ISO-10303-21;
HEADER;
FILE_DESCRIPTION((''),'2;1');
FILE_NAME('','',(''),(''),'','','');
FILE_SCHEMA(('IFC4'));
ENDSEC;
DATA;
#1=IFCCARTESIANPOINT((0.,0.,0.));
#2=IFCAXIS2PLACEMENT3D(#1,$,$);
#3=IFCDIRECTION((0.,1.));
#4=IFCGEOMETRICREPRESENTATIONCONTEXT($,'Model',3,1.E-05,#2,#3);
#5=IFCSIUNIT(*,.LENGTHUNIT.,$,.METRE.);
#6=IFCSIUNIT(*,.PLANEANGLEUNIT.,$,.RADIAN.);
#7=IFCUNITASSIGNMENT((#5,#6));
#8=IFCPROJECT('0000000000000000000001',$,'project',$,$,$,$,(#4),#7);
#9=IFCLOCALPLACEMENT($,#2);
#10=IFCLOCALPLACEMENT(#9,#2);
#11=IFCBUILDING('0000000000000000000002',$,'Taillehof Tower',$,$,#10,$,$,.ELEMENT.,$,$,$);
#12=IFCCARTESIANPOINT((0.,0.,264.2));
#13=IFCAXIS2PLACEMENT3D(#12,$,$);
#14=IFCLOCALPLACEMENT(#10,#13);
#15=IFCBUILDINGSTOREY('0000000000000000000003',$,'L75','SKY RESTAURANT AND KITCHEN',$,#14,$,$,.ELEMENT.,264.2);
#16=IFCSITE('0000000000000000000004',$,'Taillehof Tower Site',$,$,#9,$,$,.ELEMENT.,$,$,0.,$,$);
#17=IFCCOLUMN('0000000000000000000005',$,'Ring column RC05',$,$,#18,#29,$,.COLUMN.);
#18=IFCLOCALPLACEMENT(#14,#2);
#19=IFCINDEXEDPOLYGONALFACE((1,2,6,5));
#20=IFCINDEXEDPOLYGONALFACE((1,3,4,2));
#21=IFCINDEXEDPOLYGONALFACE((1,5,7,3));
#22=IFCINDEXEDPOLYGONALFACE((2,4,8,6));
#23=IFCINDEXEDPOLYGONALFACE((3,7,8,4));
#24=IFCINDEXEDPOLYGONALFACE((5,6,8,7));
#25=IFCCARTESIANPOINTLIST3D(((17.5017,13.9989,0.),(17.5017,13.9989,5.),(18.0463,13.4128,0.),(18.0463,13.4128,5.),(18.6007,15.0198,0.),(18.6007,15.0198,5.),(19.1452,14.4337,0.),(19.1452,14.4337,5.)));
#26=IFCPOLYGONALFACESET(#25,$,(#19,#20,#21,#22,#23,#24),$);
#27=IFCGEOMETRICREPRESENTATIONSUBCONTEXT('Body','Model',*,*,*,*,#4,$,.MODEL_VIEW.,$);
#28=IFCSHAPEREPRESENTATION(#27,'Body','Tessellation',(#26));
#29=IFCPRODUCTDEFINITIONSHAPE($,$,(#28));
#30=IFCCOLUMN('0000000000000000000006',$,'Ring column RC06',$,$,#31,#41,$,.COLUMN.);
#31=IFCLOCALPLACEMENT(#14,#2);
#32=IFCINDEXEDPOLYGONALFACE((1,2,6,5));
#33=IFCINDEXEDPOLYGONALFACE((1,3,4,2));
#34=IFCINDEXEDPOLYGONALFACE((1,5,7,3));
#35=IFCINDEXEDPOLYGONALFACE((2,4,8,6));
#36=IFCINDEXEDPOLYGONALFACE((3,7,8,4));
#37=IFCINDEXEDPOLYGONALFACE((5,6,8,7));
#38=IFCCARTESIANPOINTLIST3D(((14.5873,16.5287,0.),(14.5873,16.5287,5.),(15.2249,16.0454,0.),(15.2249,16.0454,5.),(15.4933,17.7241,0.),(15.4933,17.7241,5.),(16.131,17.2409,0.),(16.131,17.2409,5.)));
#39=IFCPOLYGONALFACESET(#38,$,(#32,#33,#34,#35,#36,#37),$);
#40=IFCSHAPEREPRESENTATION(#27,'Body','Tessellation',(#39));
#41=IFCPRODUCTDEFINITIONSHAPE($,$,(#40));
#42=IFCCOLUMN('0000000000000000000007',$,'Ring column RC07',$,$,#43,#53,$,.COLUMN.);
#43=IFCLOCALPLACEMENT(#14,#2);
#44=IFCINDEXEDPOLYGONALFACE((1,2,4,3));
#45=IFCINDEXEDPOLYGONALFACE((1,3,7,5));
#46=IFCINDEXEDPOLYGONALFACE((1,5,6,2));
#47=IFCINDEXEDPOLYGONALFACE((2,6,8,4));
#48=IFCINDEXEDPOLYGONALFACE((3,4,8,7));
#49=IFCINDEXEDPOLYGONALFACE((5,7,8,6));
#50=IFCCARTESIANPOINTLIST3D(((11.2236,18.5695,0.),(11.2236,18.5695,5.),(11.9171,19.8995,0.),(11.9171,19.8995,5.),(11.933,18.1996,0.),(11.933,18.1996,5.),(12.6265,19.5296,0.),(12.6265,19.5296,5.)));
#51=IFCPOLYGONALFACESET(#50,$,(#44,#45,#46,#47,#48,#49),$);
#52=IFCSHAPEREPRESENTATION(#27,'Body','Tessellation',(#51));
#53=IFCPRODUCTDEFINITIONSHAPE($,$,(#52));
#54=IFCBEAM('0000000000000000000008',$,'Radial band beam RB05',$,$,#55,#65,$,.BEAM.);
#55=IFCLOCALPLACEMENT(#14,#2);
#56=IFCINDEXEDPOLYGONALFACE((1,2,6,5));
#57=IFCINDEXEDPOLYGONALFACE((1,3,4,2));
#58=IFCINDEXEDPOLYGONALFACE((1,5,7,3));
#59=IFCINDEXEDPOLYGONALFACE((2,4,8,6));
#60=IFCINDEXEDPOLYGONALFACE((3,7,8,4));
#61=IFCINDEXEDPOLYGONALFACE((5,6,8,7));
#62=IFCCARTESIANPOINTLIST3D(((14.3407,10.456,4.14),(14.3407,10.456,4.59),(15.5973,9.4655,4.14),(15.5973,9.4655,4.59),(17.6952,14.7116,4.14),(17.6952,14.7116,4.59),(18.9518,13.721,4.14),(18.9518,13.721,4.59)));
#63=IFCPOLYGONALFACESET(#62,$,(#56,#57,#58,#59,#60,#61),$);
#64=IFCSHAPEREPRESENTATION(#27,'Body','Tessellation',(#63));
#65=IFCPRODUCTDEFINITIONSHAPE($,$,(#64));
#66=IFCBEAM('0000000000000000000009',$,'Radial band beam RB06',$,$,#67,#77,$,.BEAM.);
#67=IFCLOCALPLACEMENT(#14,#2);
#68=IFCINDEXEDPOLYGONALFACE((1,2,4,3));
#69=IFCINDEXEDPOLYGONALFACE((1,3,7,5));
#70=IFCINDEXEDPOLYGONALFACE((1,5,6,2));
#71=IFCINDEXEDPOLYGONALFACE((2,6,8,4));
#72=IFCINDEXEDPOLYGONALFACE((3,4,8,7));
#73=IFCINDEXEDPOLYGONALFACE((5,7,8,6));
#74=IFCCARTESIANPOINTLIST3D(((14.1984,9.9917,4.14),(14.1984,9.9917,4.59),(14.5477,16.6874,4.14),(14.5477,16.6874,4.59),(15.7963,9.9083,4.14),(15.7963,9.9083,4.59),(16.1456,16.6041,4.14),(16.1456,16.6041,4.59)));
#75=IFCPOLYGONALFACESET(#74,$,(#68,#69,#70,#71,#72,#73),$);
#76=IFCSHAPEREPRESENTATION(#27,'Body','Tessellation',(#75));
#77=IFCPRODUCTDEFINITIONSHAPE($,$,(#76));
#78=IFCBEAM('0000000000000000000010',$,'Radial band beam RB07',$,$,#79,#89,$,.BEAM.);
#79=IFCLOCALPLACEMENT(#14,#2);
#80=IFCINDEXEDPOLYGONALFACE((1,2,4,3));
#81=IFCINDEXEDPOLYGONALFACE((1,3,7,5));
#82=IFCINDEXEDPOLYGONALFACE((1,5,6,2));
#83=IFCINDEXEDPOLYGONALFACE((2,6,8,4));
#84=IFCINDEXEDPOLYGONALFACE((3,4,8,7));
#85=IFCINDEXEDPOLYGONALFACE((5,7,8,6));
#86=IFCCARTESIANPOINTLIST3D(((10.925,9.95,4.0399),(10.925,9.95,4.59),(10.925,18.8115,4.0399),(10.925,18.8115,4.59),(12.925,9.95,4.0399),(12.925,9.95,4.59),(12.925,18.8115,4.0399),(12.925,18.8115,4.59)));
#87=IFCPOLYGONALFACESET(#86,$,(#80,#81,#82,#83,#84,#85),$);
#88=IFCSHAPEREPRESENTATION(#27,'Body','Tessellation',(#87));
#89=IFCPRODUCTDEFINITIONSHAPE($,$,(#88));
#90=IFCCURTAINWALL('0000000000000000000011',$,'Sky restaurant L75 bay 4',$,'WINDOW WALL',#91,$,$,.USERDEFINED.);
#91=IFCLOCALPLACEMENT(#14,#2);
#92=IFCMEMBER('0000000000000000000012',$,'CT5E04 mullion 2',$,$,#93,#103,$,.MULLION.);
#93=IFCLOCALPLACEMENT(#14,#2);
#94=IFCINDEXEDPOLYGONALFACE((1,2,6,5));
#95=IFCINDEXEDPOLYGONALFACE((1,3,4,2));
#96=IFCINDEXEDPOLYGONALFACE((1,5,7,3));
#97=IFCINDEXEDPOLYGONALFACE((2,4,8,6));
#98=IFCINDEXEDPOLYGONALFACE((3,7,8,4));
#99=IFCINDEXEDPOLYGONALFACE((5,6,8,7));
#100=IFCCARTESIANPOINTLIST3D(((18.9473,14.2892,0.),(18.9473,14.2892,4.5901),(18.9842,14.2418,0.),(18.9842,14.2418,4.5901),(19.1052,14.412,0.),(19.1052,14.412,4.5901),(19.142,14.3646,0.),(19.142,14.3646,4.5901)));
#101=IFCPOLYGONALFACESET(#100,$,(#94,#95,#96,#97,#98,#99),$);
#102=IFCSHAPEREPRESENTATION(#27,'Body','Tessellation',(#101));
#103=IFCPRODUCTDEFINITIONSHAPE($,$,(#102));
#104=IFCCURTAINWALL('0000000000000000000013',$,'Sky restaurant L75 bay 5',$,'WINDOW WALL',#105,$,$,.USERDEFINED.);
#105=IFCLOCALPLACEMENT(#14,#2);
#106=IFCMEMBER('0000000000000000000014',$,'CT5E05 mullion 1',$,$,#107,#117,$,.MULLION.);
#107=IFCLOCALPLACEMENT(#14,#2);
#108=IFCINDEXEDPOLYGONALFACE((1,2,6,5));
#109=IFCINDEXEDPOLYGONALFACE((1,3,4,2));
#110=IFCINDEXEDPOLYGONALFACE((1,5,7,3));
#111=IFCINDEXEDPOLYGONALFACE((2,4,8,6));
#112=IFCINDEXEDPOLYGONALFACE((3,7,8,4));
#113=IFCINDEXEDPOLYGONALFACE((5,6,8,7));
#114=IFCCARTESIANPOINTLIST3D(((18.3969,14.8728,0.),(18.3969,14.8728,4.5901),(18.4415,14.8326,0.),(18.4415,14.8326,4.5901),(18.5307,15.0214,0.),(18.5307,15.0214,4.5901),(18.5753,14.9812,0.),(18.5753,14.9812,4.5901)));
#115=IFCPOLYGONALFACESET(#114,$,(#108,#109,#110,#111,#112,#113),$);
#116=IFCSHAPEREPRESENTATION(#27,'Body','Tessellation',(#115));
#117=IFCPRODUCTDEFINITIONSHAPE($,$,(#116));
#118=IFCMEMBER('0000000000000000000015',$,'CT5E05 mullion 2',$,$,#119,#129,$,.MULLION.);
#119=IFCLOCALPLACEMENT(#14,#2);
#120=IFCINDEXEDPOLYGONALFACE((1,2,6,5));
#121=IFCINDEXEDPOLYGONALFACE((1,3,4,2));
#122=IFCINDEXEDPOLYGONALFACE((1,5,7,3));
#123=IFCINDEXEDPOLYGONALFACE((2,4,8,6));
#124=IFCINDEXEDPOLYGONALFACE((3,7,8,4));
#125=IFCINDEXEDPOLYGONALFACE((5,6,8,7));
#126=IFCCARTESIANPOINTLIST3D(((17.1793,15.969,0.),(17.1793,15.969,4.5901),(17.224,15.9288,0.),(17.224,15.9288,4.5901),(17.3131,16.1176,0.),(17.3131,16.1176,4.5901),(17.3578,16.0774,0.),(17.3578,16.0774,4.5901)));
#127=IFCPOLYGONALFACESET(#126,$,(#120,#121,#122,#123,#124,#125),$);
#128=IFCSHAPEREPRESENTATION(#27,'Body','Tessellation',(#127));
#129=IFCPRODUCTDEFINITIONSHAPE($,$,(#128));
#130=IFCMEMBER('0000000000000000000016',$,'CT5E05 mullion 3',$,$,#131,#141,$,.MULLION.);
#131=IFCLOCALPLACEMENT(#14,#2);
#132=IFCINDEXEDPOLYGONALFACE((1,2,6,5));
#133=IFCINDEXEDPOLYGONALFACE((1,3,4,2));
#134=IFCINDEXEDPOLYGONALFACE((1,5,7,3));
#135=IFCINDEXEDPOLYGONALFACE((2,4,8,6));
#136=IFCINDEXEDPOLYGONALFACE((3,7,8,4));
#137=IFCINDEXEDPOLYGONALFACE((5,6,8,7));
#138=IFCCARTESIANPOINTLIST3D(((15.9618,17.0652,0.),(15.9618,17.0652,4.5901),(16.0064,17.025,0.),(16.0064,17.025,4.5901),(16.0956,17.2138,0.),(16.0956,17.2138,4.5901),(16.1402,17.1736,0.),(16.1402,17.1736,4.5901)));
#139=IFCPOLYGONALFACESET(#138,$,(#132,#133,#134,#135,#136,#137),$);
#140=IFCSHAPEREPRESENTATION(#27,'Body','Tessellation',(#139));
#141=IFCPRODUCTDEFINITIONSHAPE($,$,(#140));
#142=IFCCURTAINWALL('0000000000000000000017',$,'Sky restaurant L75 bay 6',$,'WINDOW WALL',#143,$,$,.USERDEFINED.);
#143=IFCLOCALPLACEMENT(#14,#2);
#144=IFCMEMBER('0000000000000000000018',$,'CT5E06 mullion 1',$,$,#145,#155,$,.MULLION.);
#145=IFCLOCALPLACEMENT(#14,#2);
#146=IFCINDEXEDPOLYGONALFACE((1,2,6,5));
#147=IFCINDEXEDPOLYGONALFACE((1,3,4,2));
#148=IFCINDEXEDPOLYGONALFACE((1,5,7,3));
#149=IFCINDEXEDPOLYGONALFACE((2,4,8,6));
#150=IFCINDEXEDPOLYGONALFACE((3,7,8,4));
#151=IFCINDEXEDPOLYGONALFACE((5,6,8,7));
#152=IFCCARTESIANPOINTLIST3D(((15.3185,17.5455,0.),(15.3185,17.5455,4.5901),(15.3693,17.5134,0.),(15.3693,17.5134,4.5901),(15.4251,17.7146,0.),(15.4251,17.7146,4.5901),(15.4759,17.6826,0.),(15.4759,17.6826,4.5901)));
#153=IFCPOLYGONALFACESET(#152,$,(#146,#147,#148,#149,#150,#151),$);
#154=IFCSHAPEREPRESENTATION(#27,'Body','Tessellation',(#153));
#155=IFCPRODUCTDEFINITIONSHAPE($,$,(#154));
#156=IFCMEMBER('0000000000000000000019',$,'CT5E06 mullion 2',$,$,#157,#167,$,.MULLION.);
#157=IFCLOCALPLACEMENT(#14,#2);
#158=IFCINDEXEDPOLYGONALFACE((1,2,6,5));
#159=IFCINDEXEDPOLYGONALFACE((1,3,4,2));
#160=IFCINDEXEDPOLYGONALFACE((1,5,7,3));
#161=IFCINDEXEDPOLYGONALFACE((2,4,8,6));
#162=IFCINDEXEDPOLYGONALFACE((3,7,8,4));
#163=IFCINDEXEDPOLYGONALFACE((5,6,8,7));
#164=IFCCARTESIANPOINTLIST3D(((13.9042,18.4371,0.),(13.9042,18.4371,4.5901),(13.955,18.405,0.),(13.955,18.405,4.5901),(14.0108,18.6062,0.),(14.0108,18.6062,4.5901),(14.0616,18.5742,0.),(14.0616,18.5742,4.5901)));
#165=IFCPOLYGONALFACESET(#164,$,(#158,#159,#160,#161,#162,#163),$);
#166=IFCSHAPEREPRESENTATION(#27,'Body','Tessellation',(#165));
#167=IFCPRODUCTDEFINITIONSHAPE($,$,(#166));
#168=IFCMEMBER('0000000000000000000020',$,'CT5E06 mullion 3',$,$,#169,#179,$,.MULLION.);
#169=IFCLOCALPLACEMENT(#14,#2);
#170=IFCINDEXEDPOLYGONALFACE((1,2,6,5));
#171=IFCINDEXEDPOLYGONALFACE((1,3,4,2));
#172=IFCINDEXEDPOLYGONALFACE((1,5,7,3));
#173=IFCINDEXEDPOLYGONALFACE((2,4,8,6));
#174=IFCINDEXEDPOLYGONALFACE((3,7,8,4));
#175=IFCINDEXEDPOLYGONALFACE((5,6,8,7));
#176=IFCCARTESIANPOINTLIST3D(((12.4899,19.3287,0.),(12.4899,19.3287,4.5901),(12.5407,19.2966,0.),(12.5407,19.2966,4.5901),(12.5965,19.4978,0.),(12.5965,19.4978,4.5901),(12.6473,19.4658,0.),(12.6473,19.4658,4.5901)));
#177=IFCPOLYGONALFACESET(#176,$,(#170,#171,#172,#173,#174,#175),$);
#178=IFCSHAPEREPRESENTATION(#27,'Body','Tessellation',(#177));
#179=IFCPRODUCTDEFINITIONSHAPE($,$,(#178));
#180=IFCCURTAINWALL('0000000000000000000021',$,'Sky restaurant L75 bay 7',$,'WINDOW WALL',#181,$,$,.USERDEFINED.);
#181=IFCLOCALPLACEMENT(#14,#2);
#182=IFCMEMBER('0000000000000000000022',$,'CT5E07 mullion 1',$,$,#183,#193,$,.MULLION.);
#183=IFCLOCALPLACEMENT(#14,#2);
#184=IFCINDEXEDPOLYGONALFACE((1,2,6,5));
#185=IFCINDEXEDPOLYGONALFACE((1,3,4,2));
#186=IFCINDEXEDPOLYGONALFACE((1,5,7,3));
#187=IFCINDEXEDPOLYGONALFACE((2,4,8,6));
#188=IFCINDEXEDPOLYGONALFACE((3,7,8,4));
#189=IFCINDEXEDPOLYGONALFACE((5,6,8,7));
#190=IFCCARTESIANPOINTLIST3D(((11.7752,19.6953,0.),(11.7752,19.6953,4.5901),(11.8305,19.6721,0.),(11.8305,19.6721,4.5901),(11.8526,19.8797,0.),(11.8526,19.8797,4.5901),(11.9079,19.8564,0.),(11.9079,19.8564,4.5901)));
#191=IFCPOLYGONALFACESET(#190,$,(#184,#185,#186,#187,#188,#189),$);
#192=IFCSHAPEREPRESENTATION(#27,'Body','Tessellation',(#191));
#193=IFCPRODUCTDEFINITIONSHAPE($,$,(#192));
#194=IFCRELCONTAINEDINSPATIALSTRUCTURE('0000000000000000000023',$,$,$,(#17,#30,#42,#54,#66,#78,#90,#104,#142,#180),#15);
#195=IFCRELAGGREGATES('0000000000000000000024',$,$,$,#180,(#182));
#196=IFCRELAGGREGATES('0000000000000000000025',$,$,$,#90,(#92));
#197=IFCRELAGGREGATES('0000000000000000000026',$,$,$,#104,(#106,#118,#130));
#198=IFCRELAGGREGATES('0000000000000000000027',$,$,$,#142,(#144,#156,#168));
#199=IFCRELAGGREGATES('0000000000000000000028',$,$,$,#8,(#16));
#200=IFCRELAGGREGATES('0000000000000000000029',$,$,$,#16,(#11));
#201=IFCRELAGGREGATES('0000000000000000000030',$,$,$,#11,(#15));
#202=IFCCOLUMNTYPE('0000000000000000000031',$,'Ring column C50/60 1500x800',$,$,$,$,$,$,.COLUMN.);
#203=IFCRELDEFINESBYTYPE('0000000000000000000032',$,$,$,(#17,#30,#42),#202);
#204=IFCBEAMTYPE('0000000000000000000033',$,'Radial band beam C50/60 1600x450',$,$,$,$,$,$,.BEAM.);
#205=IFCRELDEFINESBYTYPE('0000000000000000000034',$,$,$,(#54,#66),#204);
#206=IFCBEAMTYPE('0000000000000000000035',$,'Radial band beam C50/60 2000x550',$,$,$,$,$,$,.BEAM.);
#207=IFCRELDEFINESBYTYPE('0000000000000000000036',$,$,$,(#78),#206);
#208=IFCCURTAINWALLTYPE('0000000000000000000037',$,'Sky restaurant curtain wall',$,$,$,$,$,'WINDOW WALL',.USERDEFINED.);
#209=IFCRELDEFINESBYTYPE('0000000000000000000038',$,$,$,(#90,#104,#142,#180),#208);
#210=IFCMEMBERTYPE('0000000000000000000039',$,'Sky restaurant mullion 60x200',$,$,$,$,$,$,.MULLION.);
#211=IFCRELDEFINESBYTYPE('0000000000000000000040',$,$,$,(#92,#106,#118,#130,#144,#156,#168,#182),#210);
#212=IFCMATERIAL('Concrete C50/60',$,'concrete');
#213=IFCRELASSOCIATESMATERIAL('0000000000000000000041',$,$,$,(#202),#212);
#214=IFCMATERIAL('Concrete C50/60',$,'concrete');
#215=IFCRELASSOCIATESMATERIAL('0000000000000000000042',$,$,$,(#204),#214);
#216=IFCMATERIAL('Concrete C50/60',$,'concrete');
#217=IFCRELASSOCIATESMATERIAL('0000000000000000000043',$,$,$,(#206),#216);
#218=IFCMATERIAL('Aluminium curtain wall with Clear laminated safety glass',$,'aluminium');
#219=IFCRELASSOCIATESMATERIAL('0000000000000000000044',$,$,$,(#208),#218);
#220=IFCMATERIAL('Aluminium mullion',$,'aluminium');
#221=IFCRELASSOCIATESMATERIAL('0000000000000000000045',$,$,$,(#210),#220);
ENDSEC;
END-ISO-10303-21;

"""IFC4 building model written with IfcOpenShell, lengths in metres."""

from ifc_helpers import new_model, si_unit, direction, frame, origin, origin_2d, place, context, subcontext, project, spatial, rectangle, extrude, material, material_profile, profile_set, type_object, element, aggregate, save


model = new_model("IFC4")

# Units and contexts
model_context = context("Model", 3, precision=1e-05, world=origin(), true_north=direction((0.0, 1.0)))
body_context = subcontext(model_context, "Body", "Model", "MODEL_VIEW")
ifc_project = project(units=[si_unit("LENGTHUNIT", "METRE"), si_unit("PLANEANGLEUNIT", "RADIAN")], contexts=[model_context])

# Site, building, storey
site_placement = place(None, origin())
site = spatial("IfcSite", under=ifc_project, at=site_placement, Name="Taillehof Tower Site", CompositionType="ELEMENT", RefElevation=0.0)
building_placement = place(site_placement, origin())
building = spatial("IfcBuilding", under=site, at=building_placement, Name="Taillehof Tower", CompositionType="ELEMENT")
storey_placement = place(building_placement, frame((0.0, 0.0, 264.2)))
storey = spatial("IfcBuildingStorey", under=building, at=storey_placement, Name="L75", Description="SKY RESTAURANT AND KITCHEN", CompositionType="ELEMENT", Elevation=264.2)

# Columns
ifc_material_1 = material(Name="Concrete C50/60", Category="concrete")
ifc_material_profile_1 = material_profile(ifc_material_1, rectangle(XDim=1.5, YDim=0.8, at=origin_2d()), Name="RC 1500x800")
ifc_profile_set_1 = profile_set([ifc_material_profile_1], Name="Concrete C50/60")
column_type = type_object("IfcColumnType", Name="Ring column C50/60 1500x800", PredefinedType="COLUMN", material=ifc_profile_set_1)
for number, where, z_axis, x_axis, name in (
    (1, (18.3235, 14.2163, 0.0), (0.0, 0.0, 1.0), (0.732636, 0.680621, 0.0), "Ring column RC05"),
    (2, (15.3591, 16.8848, 0.0), (0.0, 0.0, 1.0), (0.60402, 0.796969, 0.0), "Ring column RC06"),
    (3, (11.925, 19.0496, 0.0), (0.0, 0.0, 1.0), (0.462384, 0.88668, 0.0), "Ring column RC07"),
):
    element("IfcColumn", number, at=place(storey_placement, frame(where, z_axis=z_axis, x_axis=x_axis)), inside=storey, type_object=column_type, Name=name, PredefinedType="COLUMN", context=body_context, shape_type="SweptSolid", body=[
        extrude(rectangle(XDim=1.5, YDim=0.8, at=origin_2d()), origin(), (0.0, 0.0, 1.0), 5.0),
    ])

# Beams
ifc_material_2 = material(Name="Concrete C50/60", Category="concrete")
ifc_material_profile_2 = material_profile(ifc_material_2, rectangle(XDim=1.6001, YDim=0.45, at=origin_2d()), Name="RC 1600x450")
ifc_profile_set_2 = profile_set([ifc_material_profile_2], Name="Concrete C50/60")
beam_type_1 = type_object("IfcBeamType", Name="Radial band beam C50/60 1600x450", PredefinedType="BEAM", material=ifc_profile_set_2)
beam_1_placement = place(storey_placement, frame((18.3235, 14.2163, 4.365), z_axis=(-0.619052, -0.78535, 0.0), x_axis=(0.78535, -0.619052, 0.0)))
element("IfcBeam", 4, at=beam_1_placement, inside=storey, type_object=beam_type_1, Name="Radial band beam RB05", PredefinedType="BEAM", context=body_context, shape_type="SweptSolid", body=[
    extrude(rectangle(XDim=1.6001, YDim=0.45, at=origin_2d()), origin(), (0.0, 0.0, 1.0), 5.4187),
])
beam_2_placement = place(storey_placement, frame((15.3467, 16.6458, 4.365), z_axis=(-0.052106, -0.998642, 0.0), x_axis=(0.998642, -0.052106, 0.0)))
element("IfcBeam", 5, at=beam_2_placement, inside=storey, type_object=beam_type_1, Name="Radial band beam RB06", PredefinedType="BEAM", context=body_context, shape_type="SweptSolid", body=[
    extrude(rectangle(XDim=1.6001, YDim=0.45, at=origin_2d()), origin(), (0.0, 0.0, 1.0), 6.7048),
])
ifc_material_3 = material(Name="Concrete C50/60", Category="concrete")
ifc_material_profile_3 = material_profile(ifc_material_3, rectangle(XDim=2.0, YDim=0.55, at=origin_2d()), Name="RC 2000x550")
ifc_profile_set_3 = profile_set([ifc_material_profile_3], Name="Concrete C50/60")
beam_type_2 = type_object("IfcBeamType", Name="Radial band beam C50/60 2000x550", PredefinedType="BEAM", material=ifc_profile_set_3)
beam_3_placement = place(storey_placement, frame((11.925, 18.8115, 4.3149), z_axis=(0.0, -1.0, 0.0), x_axis=(1.0, 0.0, 0.0)))
element("IfcBeam", 6, at=beam_3_placement, inside=storey, type_object=beam_type_2, Name="Radial band beam RB07", PredefinedType="BEAM", context=body_context, shape_type="SweptSolid", body=[
    extrude(rectangle(XDim=2.0, YDim=0.55, at=origin_2d()), origin(), (0.0, 0.0, 1.0), 8.8616),
])

# Curtain wall, member
ifc_material_4 = material(Name="Aluminium curtain wall with Clear laminated safety glass", Category="aluminium")
curtain_wall_type = type_object("IfcCurtainWallType", Name="Sky restaurant curtain wall", ElementType="WINDOW WALL", PredefinedType="USERDEFINED", material=ifc_material_4)
curtain_wall_1_placement = place(storey_placement, origin())
curtain_wall_1 = element("IfcCurtainWall", 7, at=curtain_wall_1_placement, inside=storey, type_object=curtain_wall_type, Name="Sky restaurant L75 bay 4", ObjectType="WINDOW WALL", PredefinedType="USERDEFINED")
ifc_material_5 = material(Name="Aluminium mullion", Category="aluminium")
ifc_material_profile_4 = material_profile(ifc_material_5, rectangle(XDim=0.2, YDim=0.0601, at=origin_2d()), Name="AL 60x200")
ifc_profile_set_4 = profile_set([ifc_material_profile_4], Name="Aluminium mullion")
member_type_1 = type_object("IfcMemberType", Name="Sky restaurant mullion 60x200", PredefinedType="MULLION", material=ifc_profile_set_4)
member_1_placement = place(storey_placement, frame((19.0447, 14.3269, 0.0), z_axis=(0.0, 0.0, 1.0), x_axis=(-0.789382, -0.613903, 0.0)))
member_1 = element("IfcMember", 8, at=member_1_placement, type_object=member_type_1, Name="CT5E04 mullion 2", PredefinedType="MULLION", context=body_context, shape_type="SweptSolid", body=[
    extrude(rectangle(XDim=0.2, YDim=0.0601, at=origin_2d()), origin(), (0.0, 0.0, 1.0), 4.5901),
])

# Curtain walls, members
curtain_wall_2_placement = place(storey_placement, origin())
curtain_wall_2 = element("IfcCurtainWall", 9, at=curtain_wall_2_placement, inside=storey, type_object=curtain_wall_type, Name="Sky restaurant L75 bay 5", ObjectType="WINDOW WALL", PredefinedType="USERDEFINED")
member_2_placement = place(storey_placement, frame((18.4861, 14.927, 0.0), z_axis=(0.0, 0.0, 1.0), x_axis=(-0.669107, -0.743166, 0.0)))
member_2 = element("IfcMember", 10, at=member_2_placement, type_object=member_type_1, Name="CT5E05 mullion 1", PredefinedType="MULLION", context=body_context, shape_type="SweptSolid", body=[
    extrude(rectangle(XDim=0.2, YDim=0.0601, at=origin_2d()), origin(), (0.0, 0.0, 1.0), 4.5901),
])
member_3_placement = place(storey_placement, frame((17.2686, 16.0232, 0.0), z_axis=(0.0, 0.0, 1.0), x_axis=(-0.669107, -0.743166, 0.0)))
member_3 = element("IfcMember", 11, at=member_3_placement, type_object=member_type_1, Name="CT5E05 mullion 2", PredefinedType="MULLION", context=body_context, shape_type="SweptSolid", body=[
    extrude(rectangle(XDim=0.2, YDim=0.0601, at=origin_2d()), origin(), (0.0, 0.0, 1.0), 4.5901),
])
member_4_placement = place(storey_placement, frame((16.051, 17.1194, 0.0), z_axis=(0.0, 0.0, 1.0), x_axis=(-0.669107, -0.743166, 0.0)))
member_4 = element("IfcMember", 12, at=member_4_placement, type_object=member_type_1, Name="CT5E05 mullion 3", PredefinedType="MULLION", context=body_context, shape_type="SweptSolid", body=[
    extrude(rectangle(XDim=0.2, YDim=0.0601, at=origin_2d()), origin(), (0.0, 0.0, 1.0), 4.5901),
])
curtain_wall_3_placement = place(storey_placement, origin())
curtain_wall_3 = element("IfcCurtainWall", 13, at=curtain_wall_3_placement, inside=storey, type_object=curtain_wall_type, Name="Sky restaurant L75 bay 6", ObjectType="WINDOW WALL", PredefinedType="USERDEFINED")
member_5_placement = place(storey_placement, frame((15.3972, 17.614, 0.0), z_axis=(0.0, 0.0, 1.0), x_axis=(-0.533294, -0.84593, 0.0)))
member_5 = element("IfcMember", 14, at=member_5_placement, type_object=member_type_1, Name="CT5E06 mullion 1", PredefinedType="MULLION", context=body_context, shape_type="SweptSolid", body=[
    extrude(rectangle(XDim=0.2, YDim=0.0601, at=origin_2d()), origin(), (0.0, 0.0, 1.0), 4.5901),
])
member_6_placement = place(storey_placement, frame((13.9829, 18.5056, 0.0), z_axis=(0.0, 0.0, 1.0), x_axis=(-0.533294, -0.84593, 0.0)))
member_6 = element("IfcMember", 15, at=member_6_placement, type_object=member_type_1, Name="CT5E06 mullion 2", PredefinedType="MULLION", context=body_context, shape_type="SweptSolid", body=[
    extrude(rectangle(XDim=0.2, YDim=0.0601, at=origin_2d()), origin(), (0.0, 0.0, 1.0), 4.5901),
])
member_7_placement = place(storey_placement, frame((12.5686, 19.3972, 0.0), z_axis=(0.0, 0.0, 1.0), x_axis=(-0.533294, -0.84593, 0.0)))
member_7 = element("IfcMember", 16, at=member_7_placement, type_object=member_type_1, Name="CT5E06 mullion 3", PredefinedType="MULLION", context=body_context, shape_type="SweptSolid", body=[
    extrude(rectangle(XDim=0.2, YDim=0.0601, at=origin_2d()), origin(), (0.0, 0.0, 1.0), 4.5901),
])

# Curtain wall, member
curtain_wall_4_placement = place(storey_placement, origin())
curtain_wall_4 = element("IfcCurtainWall", 17, at=curtain_wall_4_placement, inside=storey, type_object=curtain_wall_type, Name="Sky restaurant L75 bay 7", ObjectType="WINDOW WALL", PredefinedType="USERDEFINED")
member_8_placement = place(storey_placement, frame((11.8416, 19.7759, 0.0), z_axis=(0.0, 0.0, 1.0), x_axis=(-0.387101, -0.922037, 0.0)))
member_8 = element("IfcMember", 18, at=member_8_placement, type_object=member_type_1, Name="CT5E07 mullion 1", PredefinedType="MULLION", context=body_context, shape_type="SweptSolid", body=[
    extrude(rectangle(XDim=0.2, YDim=0.0601, at=origin_2d()), origin(), (0.0, 0.0, 1.0), 4.5901),
])

aggregate(curtain_wall_4, [member_8])

aggregate(curtain_wall_1, [member_1])
aggregate(curtain_wall_2, [member_2, member_3, member_4])
aggregate(curtain_wall_3, [member_5, member_6, member_7])

save(model, "model.ifc")
